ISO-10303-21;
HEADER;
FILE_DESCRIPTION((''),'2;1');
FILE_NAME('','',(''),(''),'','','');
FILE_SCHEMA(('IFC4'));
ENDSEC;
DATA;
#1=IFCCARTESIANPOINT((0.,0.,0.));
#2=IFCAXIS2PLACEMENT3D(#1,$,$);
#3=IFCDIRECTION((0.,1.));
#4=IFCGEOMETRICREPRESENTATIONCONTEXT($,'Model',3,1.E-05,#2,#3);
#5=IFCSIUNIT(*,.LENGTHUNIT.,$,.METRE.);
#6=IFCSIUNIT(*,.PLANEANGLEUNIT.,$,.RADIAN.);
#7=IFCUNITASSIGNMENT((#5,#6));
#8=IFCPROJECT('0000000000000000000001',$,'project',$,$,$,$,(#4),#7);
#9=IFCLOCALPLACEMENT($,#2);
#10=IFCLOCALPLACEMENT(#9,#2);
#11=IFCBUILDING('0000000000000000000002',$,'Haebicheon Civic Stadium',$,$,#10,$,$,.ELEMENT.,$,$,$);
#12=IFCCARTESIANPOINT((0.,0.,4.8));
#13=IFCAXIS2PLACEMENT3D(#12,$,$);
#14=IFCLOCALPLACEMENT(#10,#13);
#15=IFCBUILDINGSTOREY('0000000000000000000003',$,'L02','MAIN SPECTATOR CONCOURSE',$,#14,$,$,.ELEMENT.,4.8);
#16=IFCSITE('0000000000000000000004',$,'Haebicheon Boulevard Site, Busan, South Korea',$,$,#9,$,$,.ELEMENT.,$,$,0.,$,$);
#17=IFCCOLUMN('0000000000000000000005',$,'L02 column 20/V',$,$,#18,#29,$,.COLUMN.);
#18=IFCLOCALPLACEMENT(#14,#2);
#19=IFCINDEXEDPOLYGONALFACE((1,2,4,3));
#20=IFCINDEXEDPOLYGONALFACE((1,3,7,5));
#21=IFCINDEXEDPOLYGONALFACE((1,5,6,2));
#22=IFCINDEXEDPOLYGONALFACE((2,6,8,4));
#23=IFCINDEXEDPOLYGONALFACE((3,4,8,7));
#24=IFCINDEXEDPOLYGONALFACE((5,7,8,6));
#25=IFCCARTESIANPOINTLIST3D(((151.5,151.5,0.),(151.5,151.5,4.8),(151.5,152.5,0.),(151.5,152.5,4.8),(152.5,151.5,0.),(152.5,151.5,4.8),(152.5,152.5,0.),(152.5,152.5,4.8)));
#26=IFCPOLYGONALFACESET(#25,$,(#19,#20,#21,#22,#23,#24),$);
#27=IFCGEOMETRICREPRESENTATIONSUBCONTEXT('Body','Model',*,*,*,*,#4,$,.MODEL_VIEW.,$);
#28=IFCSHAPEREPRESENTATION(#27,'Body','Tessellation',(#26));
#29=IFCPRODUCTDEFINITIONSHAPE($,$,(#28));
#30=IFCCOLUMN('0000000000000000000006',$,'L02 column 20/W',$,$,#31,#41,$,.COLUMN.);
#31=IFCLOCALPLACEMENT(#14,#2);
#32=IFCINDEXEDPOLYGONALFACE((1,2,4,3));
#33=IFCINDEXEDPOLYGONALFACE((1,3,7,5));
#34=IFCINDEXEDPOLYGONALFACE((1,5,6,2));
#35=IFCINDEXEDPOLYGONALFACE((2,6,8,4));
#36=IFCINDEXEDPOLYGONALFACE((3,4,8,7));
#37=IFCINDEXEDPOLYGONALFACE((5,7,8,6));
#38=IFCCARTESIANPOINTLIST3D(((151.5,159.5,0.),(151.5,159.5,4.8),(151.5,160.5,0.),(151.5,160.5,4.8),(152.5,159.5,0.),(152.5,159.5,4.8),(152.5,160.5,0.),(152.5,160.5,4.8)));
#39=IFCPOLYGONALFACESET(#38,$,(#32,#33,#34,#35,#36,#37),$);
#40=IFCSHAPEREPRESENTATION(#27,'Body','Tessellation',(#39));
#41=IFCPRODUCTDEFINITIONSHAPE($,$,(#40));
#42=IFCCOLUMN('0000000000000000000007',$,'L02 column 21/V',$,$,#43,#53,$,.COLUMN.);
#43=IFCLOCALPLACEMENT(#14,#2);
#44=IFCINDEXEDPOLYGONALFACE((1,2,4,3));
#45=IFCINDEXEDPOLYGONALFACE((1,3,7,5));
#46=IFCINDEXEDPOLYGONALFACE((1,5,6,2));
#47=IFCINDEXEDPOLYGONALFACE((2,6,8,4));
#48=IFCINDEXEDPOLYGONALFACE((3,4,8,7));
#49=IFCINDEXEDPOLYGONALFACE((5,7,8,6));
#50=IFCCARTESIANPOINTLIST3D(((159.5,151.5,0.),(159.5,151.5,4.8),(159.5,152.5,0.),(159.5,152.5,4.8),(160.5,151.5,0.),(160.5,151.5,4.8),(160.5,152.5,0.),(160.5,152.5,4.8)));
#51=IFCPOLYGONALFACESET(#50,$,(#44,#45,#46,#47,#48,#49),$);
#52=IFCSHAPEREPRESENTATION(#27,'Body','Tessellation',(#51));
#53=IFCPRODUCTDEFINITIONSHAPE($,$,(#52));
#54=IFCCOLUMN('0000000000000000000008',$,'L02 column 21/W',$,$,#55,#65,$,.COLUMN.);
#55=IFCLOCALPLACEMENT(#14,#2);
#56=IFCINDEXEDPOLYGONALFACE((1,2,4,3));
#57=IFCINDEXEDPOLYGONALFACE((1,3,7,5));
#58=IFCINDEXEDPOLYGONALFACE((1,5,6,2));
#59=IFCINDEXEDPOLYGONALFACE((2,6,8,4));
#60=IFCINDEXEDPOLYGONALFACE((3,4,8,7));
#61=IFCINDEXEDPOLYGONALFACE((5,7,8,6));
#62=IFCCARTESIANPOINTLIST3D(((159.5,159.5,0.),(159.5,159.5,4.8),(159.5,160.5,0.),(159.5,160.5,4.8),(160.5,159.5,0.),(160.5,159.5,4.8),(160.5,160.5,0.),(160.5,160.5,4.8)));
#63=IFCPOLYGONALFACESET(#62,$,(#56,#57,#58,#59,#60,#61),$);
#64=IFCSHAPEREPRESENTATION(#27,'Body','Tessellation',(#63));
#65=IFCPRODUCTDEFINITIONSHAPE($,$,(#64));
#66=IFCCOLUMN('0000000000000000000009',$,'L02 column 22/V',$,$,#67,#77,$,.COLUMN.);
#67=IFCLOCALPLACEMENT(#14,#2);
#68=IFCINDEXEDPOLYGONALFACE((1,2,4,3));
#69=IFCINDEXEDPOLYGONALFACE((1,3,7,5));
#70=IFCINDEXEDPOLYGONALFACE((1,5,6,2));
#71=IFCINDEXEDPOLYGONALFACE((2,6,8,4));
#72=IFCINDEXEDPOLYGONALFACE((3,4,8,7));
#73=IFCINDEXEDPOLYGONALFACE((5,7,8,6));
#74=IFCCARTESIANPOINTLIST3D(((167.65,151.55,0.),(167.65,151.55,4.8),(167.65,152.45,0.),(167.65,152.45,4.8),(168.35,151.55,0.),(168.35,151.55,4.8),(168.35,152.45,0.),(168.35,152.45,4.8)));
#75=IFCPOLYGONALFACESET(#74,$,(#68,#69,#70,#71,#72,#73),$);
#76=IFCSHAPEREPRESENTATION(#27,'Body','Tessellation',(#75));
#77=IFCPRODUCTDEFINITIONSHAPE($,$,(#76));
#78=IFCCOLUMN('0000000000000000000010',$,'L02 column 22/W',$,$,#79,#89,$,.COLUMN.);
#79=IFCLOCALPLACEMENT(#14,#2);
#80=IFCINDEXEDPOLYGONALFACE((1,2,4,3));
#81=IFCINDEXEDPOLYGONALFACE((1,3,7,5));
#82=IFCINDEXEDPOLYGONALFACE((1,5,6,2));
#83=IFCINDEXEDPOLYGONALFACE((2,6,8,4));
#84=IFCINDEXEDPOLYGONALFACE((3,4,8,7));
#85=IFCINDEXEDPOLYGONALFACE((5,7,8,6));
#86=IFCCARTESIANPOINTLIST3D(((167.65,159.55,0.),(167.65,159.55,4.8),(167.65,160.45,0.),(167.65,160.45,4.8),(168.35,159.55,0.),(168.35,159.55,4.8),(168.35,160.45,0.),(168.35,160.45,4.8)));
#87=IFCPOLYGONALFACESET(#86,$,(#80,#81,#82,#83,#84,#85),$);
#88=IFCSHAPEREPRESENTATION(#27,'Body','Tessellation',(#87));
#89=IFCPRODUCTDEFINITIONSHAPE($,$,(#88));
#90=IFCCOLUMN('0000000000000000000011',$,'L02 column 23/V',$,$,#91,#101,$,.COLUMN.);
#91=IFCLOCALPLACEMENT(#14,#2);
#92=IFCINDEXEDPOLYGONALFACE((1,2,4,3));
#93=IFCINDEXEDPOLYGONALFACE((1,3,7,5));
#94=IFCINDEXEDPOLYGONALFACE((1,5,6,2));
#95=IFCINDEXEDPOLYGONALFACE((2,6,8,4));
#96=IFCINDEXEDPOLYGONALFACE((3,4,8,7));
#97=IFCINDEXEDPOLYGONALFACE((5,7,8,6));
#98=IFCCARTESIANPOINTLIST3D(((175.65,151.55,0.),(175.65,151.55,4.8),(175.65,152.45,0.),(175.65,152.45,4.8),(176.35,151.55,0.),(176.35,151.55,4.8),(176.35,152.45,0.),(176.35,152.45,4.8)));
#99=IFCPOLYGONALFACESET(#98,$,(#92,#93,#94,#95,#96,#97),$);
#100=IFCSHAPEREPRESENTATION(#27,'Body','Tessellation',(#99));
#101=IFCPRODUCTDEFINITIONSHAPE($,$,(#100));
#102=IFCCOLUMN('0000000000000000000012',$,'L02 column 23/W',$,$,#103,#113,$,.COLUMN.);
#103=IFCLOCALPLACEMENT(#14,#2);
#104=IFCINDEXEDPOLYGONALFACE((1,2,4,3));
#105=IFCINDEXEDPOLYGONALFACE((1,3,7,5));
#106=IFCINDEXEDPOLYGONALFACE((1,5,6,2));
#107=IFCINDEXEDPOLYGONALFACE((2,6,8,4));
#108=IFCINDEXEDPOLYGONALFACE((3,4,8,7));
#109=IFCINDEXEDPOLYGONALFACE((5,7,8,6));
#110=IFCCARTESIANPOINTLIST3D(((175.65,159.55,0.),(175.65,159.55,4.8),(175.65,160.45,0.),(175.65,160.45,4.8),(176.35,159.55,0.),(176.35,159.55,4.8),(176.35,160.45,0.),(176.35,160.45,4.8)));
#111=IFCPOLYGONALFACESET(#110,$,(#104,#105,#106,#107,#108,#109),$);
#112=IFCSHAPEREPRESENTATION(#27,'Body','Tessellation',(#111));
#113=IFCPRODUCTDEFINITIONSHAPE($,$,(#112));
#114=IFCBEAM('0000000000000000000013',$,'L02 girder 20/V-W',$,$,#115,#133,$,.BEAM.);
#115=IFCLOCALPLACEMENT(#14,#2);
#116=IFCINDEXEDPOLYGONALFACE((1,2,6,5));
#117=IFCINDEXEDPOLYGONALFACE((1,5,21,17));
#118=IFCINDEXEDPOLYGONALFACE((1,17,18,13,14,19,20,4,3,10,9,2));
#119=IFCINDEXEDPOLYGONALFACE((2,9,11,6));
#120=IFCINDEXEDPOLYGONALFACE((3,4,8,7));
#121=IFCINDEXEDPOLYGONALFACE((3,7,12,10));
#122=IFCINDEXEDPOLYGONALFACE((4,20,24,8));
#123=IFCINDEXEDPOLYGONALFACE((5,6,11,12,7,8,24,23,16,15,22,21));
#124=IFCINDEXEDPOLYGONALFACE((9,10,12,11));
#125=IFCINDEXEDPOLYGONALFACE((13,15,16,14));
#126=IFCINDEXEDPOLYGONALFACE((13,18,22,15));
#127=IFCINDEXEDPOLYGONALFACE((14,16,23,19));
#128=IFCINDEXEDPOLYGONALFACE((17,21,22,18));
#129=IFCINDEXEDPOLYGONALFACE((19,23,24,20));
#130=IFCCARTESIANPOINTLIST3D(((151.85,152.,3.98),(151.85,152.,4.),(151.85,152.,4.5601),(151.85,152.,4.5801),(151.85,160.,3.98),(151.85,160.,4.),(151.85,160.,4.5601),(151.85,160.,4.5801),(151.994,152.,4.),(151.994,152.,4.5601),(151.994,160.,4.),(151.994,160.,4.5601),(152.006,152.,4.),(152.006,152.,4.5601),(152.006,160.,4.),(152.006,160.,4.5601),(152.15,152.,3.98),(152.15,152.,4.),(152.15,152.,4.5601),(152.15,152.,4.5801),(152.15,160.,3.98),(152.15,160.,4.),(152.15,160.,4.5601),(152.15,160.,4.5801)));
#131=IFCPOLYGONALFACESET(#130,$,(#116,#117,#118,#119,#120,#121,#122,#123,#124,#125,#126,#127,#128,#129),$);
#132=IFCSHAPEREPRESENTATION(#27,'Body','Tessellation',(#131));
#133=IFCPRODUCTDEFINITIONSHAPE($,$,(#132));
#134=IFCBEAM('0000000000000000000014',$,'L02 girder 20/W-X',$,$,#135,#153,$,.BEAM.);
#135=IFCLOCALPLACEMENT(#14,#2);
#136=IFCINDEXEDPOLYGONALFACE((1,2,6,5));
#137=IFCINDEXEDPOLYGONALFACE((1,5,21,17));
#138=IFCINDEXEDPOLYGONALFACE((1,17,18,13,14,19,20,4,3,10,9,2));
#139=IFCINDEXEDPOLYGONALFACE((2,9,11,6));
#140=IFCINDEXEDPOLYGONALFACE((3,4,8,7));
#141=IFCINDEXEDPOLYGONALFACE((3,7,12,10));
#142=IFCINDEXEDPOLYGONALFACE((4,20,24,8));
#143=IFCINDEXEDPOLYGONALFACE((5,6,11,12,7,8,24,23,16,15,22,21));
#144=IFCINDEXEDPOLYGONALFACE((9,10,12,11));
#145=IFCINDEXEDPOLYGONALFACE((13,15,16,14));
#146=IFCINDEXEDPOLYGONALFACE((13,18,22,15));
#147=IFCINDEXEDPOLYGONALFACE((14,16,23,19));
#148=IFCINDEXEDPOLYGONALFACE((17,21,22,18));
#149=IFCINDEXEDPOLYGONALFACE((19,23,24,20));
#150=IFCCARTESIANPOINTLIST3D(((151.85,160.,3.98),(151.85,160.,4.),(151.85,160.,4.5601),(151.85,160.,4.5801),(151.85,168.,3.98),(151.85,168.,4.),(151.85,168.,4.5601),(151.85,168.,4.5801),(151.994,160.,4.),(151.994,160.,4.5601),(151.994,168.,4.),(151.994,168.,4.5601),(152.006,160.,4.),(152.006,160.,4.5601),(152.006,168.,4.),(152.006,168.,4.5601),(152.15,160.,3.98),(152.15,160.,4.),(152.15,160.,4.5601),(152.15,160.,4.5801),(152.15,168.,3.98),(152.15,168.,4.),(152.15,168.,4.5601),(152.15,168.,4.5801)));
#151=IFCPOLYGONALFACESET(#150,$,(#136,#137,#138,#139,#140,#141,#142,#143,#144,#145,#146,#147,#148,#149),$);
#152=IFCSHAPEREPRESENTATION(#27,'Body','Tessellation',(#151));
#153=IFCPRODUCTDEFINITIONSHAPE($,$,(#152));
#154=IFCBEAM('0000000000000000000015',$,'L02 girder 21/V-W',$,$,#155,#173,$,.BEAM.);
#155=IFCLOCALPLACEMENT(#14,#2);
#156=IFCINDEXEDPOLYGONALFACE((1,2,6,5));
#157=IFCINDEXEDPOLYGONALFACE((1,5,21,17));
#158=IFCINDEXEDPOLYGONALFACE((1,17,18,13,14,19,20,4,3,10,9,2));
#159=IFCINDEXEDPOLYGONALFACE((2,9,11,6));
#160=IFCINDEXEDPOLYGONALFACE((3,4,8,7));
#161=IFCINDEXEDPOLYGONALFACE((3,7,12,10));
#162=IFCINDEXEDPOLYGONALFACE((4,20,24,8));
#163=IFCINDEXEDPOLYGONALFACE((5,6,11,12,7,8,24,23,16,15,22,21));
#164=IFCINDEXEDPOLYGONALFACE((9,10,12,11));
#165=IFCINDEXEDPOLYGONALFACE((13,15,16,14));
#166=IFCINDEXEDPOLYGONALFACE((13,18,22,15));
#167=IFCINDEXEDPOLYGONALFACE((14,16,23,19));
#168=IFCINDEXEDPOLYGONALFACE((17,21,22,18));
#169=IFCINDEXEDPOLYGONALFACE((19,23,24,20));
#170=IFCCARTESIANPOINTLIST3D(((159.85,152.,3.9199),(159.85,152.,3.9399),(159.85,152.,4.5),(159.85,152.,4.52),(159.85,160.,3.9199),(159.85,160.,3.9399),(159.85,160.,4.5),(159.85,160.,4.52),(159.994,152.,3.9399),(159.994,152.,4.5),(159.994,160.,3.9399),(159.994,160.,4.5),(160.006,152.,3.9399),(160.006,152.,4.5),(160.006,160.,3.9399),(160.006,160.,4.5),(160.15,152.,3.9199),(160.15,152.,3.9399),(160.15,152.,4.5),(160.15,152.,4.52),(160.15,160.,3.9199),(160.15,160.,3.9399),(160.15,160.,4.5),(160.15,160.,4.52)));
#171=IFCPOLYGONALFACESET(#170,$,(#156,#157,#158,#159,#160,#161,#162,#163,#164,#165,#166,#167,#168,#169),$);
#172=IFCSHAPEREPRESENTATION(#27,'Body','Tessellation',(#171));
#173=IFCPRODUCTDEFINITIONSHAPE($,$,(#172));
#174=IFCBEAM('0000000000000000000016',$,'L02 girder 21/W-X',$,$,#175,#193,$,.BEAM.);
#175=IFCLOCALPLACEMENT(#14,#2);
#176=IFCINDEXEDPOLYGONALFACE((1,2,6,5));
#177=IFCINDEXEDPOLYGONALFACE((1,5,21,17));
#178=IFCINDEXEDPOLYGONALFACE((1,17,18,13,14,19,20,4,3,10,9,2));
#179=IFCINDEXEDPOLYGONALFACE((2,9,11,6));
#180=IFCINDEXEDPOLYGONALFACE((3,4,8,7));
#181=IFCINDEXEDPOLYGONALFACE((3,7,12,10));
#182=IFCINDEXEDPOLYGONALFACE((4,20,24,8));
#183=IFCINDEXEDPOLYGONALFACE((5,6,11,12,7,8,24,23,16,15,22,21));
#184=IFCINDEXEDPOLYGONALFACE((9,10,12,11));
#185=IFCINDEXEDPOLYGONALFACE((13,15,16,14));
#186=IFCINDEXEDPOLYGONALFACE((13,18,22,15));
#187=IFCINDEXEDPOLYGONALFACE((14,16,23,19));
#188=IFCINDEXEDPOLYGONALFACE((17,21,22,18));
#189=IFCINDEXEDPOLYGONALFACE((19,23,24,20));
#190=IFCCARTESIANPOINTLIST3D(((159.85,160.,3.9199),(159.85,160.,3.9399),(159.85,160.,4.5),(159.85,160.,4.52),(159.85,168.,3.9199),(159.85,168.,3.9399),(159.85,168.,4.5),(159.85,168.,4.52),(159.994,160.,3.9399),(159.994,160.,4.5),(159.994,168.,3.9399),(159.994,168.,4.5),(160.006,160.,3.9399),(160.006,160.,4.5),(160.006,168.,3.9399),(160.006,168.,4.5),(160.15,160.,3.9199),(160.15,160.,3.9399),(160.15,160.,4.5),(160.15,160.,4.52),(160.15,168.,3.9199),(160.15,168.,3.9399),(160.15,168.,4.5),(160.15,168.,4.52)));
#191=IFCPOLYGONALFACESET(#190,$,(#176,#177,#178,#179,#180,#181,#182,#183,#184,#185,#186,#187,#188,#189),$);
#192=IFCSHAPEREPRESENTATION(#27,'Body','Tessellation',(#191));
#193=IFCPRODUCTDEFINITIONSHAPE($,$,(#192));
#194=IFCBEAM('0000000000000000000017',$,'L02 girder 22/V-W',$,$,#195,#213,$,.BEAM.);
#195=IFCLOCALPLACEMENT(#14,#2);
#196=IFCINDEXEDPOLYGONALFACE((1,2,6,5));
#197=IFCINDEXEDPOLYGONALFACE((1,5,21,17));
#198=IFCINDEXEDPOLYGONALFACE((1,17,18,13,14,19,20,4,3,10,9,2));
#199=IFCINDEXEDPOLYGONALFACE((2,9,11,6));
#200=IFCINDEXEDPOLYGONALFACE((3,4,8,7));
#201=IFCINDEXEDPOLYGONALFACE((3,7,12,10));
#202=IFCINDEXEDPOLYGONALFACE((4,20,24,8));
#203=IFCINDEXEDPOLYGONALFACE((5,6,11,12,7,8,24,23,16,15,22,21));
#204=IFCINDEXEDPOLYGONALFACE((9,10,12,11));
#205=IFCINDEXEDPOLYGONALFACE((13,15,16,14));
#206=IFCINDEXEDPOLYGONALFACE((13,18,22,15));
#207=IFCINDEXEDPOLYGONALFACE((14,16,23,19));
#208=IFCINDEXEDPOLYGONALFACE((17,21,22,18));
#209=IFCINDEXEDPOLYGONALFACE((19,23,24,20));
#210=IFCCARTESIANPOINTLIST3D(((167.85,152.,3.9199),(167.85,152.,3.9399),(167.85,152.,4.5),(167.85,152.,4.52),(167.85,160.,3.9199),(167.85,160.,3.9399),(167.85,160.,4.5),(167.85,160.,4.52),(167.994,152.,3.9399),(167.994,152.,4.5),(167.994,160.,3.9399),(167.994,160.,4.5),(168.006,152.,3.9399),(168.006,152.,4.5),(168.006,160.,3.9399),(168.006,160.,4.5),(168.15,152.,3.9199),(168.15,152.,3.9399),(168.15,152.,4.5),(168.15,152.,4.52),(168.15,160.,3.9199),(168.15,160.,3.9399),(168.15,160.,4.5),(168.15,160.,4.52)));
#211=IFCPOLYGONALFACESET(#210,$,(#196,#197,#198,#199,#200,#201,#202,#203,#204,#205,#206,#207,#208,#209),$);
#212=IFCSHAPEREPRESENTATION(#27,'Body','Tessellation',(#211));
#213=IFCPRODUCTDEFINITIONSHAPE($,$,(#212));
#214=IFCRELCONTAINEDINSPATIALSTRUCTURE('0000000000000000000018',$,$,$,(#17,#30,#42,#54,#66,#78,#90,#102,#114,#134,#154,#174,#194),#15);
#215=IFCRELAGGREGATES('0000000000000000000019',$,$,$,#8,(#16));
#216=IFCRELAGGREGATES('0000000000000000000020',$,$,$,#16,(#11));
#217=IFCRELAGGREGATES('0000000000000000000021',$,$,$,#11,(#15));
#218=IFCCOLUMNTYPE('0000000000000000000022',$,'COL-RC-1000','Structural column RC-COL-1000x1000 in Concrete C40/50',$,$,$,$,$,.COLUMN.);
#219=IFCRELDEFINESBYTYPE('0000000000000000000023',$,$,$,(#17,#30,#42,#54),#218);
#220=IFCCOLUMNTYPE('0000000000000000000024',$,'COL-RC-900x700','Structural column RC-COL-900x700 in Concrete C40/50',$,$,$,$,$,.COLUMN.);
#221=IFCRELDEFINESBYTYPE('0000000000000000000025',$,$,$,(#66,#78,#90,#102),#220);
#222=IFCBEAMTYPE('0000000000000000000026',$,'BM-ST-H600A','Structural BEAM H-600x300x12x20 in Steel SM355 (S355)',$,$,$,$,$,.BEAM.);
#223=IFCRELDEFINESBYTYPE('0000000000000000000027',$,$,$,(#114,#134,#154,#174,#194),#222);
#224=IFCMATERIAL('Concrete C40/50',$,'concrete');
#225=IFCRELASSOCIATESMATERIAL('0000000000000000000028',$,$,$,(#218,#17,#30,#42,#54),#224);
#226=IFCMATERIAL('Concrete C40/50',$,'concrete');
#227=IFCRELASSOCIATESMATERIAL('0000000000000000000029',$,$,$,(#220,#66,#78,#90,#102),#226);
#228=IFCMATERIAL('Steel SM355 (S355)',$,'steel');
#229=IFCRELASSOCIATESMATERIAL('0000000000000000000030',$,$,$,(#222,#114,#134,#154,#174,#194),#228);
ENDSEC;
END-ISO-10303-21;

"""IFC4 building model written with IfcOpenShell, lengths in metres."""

from ifc_helpers import new_model, si_unit, direction, frame, origin, origin_2d, place, context, subcontext, project, spatial, rectangle, i_section, extrude, material, material_profile, profile_set, type_object, element, save


model = new_model("IFC4")

# Units and contexts
model_context = context("Model", 3, precision=1e-05, world=origin(), true_north=direction((0.0, 1.0)))
body_context = subcontext(model_context, "Body", "Model", "MODEL_VIEW")
ifc_project = project(units=[si_unit("LENGTHUNIT", "METRE"), si_unit("PLANEANGLEUNIT", "RADIAN")], contexts=[model_context])

# Site, building, storey
site_placement = place(None, origin())
site = spatial("IfcSite", under=ifc_project, at=site_placement, Name="Haebicheon Boulevard Site, Busan, South Korea", CompositionType="ELEMENT", RefElevation=0.0)
building_placement = place(site_placement, origin())
building = spatial("IfcBuilding", under=site, at=building_placement, Name="Haebicheon Civic Stadium", CompositionType="ELEMENT")
storey_placement = place(building_placement, frame((0.0, 0.0, 4.8)))
storey = spatial("IfcBuildingStorey", under=building, at=storey_placement, Name="L02", Description="MAIN SPECTATOR CONCOURSE", CompositionType="ELEMENT", Elevation=4.8)

# Columns
ifc_material_1 = material(Name="Concrete C40/50", Category="concrete")
ifc_material_profile_1 = material_profile(ifc_material_1, rectangle(XDim=1.0, YDim=1.0, at=origin_2d()), Name="RC-COL-1000x1000")
ifc_profile_set_1 = profile_set([ifc_material_profile_1], Name="Concrete C40/50")
column_type_1 = type_object("IfcColumnType", Name="COL-RC-1000", Description="Structural column RC-COL-1000x1000 in Concrete C40/50", PredefinedType="COLUMN", material=ifc_profile_set_1)
for number, where, z_axis, x_axis, name in (
    (1, (152.0, 152.0, 0.0), (0.0, 0.0, 1.0), (1.0, 0.0, 0.0), "L02 column 20/V"),
    (2, (152.0, 160.0, 0.0), (0.0, 0.0, 1.0), (1.0, 0.0, 0.0), "L02 column 20/W"),
    (3, (160.0, 152.0, 0.0), (0.0, 0.0, 1.0), (1.0, 0.0, 0.0), "L02 column 21/V"),
    (4, (160.0, 160.0, 0.0), (0.0, 0.0, 1.0), (1.0, 0.0, 0.0), "L02 column 21/W"),
):
    element("IfcColumn", number, at=place(storey_placement, frame(where, z_axis=z_axis, x_axis=x_axis)), inside=storey, type_object=column_type_1, material=ifc_profile_set_1, Name=name, PredefinedType="COLUMN", context=body_context, shape_type="SweptSolid", body=[
        extrude(rectangle(XDim=1.0, YDim=1.0, at=origin_2d()), origin(), (0.0, 0.0, 1.0), 4.8),
    ])
ifc_material_2 = material(Name="Concrete C40/50", Category="concrete")
ifc_material_profile_2 = material_profile(ifc_material_2, rectangle(XDim=0.7, YDim=0.8999, at=origin_2d()), Name="RC-COL-900x700")
ifc_profile_set_2 = profile_set([ifc_material_profile_2], Name="Concrete C40/50")
column_type_2 = type_object("IfcColumnType", Name="COL-RC-900x700", Description="Structural column RC-COL-900x700 in Concrete C40/50", PredefinedType="COLUMN", material=ifc_profile_set_2)
for number, where, z_axis, x_axis, name in (
    (5, (168.0, 152.0, 0.0), (0.0, 0.0, 1.0), (1.0, 0.0, 0.0), "L02 column 22/V"),
    (6, (168.0, 160.0, 0.0), (0.0, 0.0, 1.0), (1.0, 0.0, 0.0), "L02 column 22/W"),
    (7, (176.0, 152.0, 0.0), (0.0, 0.0, 1.0), (1.0, 0.0, 0.0), "L02 column 23/V"),
    (8, (176.0, 160.0, 0.0), (0.0, 0.0, 1.0), (1.0, 0.0, 0.0), "L02 column 23/W"),
):
    element("IfcColumn", number, at=place(storey_placement, frame(where, z_axis=z_axis, x_axis=x_axis)), inside=storey, type_object=column_type_2, material=ifc_profile_set_2, Name=name, PredefinedType="COLUMN", context=body_context, shape_type="SweptSolid", body=[
        extrude(rectangle(XDim=0.7, YDim=0.8999, at=origin_2d()), origin(), (0.0, 0.0, 1.0), 4.8),
    ])

# Beams
ifc_material_3 = material(Name="Steel SM355 (S355)", Category="steel")
ifc_material_profile_3 = material_profile(ifc_material_3, i_section(OverallWidth=0.3, OverallDepth=0.6001, WebThickness=0.012, FlangeThickness=0.02, at=origin_2d()), Name="H-600x300x12x20")
ifc_profile_set_3 = profile_set([ifc_material_profile_3], Name="Steel SM355 (S355)")
beam_type_1 = type_object("IfcBeamType", Name="BM-ST-H600A", Description="Structural BEAM H-600x300x12x20 in Steel SM355 (S355)", PredefinedType="BEAM", material=ifc_profile_set_3)
for number, where, z_axis, x_axis, name in (
    (9, (152.0, 152.0, 4.28), (0.0, 1.0, 0.0), (-1.0, 0.0, 0.0), "L02 girder 20/V-W"),
    (10, (152.0, 160.0, 4.28), (0.0, 1.0, 0.0), (-1.0, 0.0, 0.0), "L02 girder 20/W-X"),
    (11, (160.0, 152.0, 4.22), (0.0, 1.0, 0.0), (-1.0, 0.0, 0.0), "L02 girder 21/V-W"),
    (12, (160.0, 160.0, 4.22), (0.0, 1.0, 0.0), (-1.0, 0.0, 0.0), "L02 girder 21/W-X"),
    (13, (168.0, 152.0, 4.22), (0.0, 1.0, 0.0), (-1.0, 0.0, 0.0), "L02 girder 22/V-W"),
):
    element("IfcBeam", number, at=place(storey_placement, frame(where, z_axis=z_axis, x_axis=x_axis)), inside=storey, type_object=beam_type_1, material=ifc_profile_set_3, Name=name, PredefinedType="BEAM", context=body_context, shape_type="SweptSolid", body=[
        extrude(i_section(OverallWidth=0.3, OverallDepth=0.6001, WebThickness=0.012, FlangeThickness=0.02, at=origin_2d()), origin(), (0.0, 0.0, 1.0), 8.0),
    ])

save(model, "model.ifc")
